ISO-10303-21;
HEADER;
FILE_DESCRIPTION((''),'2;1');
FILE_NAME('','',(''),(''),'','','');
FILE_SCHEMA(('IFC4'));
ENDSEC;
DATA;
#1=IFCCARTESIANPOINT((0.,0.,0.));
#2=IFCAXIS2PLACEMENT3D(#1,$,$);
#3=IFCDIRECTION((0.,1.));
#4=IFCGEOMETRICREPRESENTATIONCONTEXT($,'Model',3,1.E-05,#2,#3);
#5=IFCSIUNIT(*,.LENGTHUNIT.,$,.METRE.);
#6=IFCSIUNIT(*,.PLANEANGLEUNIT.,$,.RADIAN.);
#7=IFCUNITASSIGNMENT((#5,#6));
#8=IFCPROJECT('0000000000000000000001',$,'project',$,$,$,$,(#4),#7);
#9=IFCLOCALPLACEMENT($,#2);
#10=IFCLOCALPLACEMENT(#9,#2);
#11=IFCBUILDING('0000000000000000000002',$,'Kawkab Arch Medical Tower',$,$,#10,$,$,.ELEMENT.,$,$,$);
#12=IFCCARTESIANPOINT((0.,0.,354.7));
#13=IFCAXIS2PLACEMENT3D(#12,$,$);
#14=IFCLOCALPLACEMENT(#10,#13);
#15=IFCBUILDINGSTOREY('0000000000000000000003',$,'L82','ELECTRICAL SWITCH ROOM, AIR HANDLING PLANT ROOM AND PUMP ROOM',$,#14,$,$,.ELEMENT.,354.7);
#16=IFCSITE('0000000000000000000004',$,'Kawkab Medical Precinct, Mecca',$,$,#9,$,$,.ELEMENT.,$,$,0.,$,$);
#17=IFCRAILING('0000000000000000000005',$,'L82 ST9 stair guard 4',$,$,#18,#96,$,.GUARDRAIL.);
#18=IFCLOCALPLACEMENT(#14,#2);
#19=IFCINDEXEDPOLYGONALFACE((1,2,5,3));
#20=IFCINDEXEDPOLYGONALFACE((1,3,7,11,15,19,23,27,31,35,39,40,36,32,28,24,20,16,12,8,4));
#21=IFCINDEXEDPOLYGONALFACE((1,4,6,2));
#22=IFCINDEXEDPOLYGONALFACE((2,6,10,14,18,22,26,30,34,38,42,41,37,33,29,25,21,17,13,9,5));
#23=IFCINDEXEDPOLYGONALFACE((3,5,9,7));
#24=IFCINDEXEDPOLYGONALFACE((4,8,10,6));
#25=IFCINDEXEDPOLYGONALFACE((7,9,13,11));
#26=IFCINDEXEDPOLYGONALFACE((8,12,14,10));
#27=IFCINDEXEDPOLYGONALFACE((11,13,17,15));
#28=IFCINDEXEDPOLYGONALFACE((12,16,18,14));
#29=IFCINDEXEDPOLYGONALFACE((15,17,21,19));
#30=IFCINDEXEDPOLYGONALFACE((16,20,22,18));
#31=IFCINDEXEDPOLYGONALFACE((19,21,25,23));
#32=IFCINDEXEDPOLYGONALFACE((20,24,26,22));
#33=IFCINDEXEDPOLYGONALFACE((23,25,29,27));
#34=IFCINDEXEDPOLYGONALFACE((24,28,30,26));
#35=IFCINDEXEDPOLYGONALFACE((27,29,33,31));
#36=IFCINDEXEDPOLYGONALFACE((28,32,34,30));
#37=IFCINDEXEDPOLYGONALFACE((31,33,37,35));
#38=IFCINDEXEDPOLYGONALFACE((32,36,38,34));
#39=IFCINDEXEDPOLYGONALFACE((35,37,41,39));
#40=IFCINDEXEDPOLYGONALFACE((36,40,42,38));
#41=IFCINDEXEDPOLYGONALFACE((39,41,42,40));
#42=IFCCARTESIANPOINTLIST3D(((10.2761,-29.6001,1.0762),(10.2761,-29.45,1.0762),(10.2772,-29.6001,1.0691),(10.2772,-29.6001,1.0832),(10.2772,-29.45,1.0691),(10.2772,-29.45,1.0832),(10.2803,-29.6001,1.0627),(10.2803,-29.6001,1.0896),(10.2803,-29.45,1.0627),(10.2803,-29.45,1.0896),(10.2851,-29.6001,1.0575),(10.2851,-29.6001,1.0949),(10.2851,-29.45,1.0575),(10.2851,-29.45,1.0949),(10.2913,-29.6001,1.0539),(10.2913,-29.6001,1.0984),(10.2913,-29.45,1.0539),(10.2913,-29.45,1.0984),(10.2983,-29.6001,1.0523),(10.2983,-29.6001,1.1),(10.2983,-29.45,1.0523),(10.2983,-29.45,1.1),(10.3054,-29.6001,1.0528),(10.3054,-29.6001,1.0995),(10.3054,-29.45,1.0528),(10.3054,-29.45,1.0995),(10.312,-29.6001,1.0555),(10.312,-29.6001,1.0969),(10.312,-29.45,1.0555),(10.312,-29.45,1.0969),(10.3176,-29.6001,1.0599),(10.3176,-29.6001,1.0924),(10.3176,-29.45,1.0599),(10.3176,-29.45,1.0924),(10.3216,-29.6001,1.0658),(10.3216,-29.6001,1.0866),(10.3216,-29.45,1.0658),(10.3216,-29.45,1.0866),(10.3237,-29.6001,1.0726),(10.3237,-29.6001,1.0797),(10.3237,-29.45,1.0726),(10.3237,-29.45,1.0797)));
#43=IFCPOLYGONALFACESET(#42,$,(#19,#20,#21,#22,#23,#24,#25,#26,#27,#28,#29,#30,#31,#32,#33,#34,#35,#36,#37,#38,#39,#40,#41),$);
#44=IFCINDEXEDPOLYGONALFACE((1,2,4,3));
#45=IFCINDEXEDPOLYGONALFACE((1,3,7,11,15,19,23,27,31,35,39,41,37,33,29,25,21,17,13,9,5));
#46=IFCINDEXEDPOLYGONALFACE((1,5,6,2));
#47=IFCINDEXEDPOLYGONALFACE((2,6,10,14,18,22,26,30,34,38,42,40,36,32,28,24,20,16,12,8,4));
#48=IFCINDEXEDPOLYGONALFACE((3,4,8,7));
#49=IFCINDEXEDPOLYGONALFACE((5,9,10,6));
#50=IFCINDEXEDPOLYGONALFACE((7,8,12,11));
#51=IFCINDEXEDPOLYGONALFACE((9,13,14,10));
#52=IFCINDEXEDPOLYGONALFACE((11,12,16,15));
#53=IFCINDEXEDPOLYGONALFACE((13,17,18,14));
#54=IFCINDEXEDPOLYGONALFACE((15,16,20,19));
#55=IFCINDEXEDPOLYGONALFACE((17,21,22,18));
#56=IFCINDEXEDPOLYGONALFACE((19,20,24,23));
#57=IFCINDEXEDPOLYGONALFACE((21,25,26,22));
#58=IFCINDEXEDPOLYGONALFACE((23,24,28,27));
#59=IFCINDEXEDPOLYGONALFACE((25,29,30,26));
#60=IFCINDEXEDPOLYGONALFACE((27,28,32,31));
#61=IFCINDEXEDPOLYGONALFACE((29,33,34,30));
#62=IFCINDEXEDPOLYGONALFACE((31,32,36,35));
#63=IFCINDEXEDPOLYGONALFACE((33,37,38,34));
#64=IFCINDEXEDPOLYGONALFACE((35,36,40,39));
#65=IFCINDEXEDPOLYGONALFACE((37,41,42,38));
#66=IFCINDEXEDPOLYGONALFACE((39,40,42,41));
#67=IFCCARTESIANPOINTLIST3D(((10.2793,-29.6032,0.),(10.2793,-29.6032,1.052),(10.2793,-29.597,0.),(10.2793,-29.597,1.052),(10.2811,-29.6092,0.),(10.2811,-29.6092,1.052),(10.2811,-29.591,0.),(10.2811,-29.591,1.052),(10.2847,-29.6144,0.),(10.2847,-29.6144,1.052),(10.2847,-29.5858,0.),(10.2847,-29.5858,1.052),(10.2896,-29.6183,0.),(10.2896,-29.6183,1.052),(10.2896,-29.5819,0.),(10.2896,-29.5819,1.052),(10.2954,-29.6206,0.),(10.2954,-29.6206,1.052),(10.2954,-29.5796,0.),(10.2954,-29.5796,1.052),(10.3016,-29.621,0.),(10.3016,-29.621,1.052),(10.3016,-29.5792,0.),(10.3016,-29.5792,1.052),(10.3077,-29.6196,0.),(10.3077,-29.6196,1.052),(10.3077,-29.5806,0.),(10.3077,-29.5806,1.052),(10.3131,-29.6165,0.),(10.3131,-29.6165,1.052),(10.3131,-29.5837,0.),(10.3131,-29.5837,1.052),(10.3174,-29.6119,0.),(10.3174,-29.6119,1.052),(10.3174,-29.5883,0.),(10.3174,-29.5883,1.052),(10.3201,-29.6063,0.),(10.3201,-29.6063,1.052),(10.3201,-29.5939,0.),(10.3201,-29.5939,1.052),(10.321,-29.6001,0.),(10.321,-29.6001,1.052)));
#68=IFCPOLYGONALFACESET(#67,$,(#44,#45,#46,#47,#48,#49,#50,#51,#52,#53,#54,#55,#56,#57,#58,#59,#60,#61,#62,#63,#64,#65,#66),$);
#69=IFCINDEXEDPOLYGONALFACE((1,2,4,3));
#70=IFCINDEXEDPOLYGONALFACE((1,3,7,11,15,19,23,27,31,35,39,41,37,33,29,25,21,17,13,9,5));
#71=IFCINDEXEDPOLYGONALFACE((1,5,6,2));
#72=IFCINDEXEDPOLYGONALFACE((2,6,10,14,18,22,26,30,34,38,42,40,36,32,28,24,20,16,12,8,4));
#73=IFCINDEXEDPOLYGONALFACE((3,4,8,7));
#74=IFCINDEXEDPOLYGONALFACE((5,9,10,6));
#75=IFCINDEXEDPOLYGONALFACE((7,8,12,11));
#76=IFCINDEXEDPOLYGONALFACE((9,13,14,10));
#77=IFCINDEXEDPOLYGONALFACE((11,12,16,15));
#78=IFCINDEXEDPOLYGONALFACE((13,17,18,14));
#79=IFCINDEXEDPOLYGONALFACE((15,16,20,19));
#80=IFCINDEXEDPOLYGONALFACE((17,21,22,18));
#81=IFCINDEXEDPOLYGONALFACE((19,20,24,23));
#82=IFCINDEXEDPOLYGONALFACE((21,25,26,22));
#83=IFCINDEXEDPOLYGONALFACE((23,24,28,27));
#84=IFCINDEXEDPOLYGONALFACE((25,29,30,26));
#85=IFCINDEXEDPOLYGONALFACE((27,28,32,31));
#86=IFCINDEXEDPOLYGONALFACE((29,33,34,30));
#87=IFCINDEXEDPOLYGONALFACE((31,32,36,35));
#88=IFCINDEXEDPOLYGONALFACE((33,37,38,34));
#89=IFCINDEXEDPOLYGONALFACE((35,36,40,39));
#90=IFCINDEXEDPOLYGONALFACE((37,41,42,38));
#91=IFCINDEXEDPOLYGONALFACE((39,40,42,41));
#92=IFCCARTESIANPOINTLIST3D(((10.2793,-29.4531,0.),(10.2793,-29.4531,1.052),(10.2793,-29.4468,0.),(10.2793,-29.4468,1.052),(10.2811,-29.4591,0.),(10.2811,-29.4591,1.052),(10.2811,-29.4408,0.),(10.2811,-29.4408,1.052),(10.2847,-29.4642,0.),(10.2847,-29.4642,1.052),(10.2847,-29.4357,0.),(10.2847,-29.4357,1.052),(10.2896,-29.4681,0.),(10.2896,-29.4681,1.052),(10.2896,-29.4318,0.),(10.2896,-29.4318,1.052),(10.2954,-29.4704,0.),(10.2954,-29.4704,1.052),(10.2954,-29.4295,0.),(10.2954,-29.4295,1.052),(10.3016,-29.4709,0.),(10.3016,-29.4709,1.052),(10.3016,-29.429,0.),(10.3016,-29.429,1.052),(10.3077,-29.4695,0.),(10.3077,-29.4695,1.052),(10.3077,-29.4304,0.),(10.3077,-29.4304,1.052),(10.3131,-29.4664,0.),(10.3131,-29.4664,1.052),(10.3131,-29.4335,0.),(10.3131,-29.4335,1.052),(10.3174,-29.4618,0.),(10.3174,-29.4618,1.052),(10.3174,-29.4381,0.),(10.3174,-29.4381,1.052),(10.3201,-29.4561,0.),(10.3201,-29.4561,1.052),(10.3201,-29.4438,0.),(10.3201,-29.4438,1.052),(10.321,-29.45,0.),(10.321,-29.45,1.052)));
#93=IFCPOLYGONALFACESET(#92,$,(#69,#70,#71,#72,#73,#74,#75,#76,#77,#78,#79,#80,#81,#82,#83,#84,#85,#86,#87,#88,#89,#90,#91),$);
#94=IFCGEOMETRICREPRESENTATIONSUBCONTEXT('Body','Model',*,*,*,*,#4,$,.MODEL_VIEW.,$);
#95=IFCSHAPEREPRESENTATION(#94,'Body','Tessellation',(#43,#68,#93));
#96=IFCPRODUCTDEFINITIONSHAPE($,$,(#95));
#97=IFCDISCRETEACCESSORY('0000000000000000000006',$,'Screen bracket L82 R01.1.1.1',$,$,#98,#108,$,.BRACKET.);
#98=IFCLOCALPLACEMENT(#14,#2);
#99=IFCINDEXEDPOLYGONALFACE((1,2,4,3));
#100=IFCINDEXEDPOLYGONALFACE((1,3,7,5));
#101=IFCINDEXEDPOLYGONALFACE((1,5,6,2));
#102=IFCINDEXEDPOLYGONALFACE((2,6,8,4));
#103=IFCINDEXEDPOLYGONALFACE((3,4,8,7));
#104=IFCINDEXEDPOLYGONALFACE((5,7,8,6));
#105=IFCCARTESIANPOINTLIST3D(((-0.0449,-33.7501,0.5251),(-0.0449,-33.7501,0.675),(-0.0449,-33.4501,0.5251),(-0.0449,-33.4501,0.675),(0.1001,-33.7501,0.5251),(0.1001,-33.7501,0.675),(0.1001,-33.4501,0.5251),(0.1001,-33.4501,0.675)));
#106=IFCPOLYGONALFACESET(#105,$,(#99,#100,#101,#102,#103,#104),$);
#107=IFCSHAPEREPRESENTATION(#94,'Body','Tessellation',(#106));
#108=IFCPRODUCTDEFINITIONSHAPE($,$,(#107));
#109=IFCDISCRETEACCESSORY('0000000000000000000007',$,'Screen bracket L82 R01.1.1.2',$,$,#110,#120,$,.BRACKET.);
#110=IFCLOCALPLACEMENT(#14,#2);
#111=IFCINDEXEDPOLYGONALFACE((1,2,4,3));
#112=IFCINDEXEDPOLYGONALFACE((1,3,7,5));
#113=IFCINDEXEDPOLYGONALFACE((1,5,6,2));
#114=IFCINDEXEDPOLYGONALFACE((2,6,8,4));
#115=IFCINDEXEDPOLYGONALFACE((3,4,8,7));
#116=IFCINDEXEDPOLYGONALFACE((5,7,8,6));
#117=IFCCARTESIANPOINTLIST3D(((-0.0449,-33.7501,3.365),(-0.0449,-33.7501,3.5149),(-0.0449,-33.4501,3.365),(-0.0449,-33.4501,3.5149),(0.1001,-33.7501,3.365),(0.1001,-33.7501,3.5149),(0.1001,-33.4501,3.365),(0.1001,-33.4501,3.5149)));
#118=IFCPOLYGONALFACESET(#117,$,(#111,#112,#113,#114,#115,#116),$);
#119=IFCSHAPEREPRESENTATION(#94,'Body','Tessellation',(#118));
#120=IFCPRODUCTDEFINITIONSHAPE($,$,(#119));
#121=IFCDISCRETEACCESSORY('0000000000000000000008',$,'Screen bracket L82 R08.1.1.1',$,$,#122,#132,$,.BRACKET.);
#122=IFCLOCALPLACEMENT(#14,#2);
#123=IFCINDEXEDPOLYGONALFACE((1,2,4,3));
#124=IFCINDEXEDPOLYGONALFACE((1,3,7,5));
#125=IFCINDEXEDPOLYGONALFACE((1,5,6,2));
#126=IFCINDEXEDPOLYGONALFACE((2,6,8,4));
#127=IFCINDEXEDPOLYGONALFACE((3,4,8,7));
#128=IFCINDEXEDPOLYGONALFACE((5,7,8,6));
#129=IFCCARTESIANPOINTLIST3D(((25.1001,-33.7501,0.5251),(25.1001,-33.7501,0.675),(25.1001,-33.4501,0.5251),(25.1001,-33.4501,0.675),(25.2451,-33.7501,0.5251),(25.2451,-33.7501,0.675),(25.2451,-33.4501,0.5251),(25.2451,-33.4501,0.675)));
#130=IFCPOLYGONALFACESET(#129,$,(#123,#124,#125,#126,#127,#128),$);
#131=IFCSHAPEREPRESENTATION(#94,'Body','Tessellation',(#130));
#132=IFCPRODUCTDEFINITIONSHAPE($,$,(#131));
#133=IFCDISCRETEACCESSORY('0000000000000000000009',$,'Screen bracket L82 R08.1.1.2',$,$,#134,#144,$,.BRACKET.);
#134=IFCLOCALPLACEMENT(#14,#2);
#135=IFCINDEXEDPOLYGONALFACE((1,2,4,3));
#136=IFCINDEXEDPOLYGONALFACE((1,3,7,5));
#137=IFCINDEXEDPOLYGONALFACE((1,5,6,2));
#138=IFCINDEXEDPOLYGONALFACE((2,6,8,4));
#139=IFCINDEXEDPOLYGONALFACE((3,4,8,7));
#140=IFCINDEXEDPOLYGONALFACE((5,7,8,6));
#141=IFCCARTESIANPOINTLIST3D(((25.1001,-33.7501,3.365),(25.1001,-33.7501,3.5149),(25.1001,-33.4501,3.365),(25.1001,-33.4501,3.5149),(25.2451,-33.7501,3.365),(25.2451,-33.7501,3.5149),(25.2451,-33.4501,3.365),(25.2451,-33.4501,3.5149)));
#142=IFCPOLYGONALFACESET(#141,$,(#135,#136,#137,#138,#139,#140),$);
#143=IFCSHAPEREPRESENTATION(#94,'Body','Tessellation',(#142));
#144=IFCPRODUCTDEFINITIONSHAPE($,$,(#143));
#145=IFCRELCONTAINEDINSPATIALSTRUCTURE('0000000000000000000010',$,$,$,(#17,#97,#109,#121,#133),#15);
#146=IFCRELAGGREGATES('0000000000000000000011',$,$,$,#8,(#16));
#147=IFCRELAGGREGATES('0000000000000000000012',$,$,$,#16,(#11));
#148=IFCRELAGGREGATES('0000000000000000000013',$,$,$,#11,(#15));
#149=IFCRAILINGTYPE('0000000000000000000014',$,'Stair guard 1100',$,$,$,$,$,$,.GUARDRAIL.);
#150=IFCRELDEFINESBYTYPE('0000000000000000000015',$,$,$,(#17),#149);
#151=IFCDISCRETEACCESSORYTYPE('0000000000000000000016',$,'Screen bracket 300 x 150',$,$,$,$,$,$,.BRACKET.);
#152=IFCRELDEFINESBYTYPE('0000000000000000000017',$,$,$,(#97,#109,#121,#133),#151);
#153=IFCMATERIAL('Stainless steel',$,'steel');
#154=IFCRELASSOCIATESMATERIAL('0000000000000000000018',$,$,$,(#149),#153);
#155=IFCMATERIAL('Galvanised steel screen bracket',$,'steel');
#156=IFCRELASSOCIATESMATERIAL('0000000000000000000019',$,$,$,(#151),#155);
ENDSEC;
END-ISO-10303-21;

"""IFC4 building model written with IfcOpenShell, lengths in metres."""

from ifc_helpers import new_model, si_unit, direction, frame, origin, origin_2d, place, context, subcontext, project, spatial, rectangle, circle, extrude, material, type_object, element, save


model = new_model("IFC4")

# Units and contexts
model_context = context("Model", 3, precision=1e-05, world=origin(), true_north=direction((0.0, 1.0)))
body_context = subcontext(model_context, "Body", "Model", "MODEL_VIEW")
ifc_project = project(units=[si_unit("LENGTHUNIT", "METRE"), si_unit("PLANEANGLEUNIT", "RADIAN")], contexts=[model_context])

# Site, building, storey
site_placement = place(None, origin())
site = spatial("IfcSite", under=ifc_project, at=site_placement, Name="Kawkab Medical Precinct, Mecca", CompositionType="ELEMENT", RefElevation=0.0)
building_placement = place(site_placement, origin())
building = spatial("IfcBuilding", under=site, at=building_placement, Name="Kawkab Arch Medical Tower", CompositionType="ELEMENT")
storey_placement = place(building_placement, frame((0.0, 0.0, 354.7)))
storey = spatial("IfcBuildingStorey", under=building, at=storey_placement, Name="L82", Description="ELECTRICAL SWITCH ROOM, AIR HANDLING PLANT ROOM AND PUMP ROOM", CompositionType="ELEMENT", Elevation=354.7)

# Railing
ifc_material_1 = material(Name="Stainless steel", Category="steel")
railing_type = type_object("IfcRailingType", Name="Stair guard 1100", PredefinedType="GUARDRAIL", material=ifc_material_1)
railing_1_placement = place(storey_placement, frame((10.3, -29.6001, 0.0)))
element("IfcRailing", 1, at=railing_1_placement, inside=storey, type_object=railing_type, Name="L82 ST9 stair guard 4", PredefinedType="GUARDRAIL", context=body_context, shape_type="SweptSolid", body=[
    extrude(circle(Radius=0.0239, at=origin_2d()), frame((0.0, 0.0, 1.0762), z_axis=(0.0, 1.0, 0.0), x_axis=(-1.0, 0.0, 0.0)), (0.0, 0.0, 1.0), 0.1501),
    extrude(circle(Radius=0.021, at=origin_2d()), origin(), (0.0, 0.0, 1.0), 1.052),
    extrude(circle(Radius=0.021, at=origin_2d()), frame((0.0, 0.1501, 0.0)), (0.0, 0.0, 1.0), 1.052),
])

# Discrete accessories
ifc_material_2 = material(Name="Galvanised steel screen bracket", Category="steel")
discrete_accessory_type = type_object("IfcDiscreteAccessoryType", Name="Screen bracket 300 x 150", PredefinedType="BRACKET", material=ifc_material_2)
for number, where, z_axis, x_axis, name in (
    (2, (0.0276, -33.6001, 0.5251), (0.0, 0.0, 1.0), (0.0, -1.0, 0.0), "Screen bracket L82 R01.1.1.1"),
    (3, (0.0276, -33.6001, 3.365), (0.0, 0.0, 1.0), (0.0, -1.0, 0.0), "Screen bracket L82 R01.1.1.2"),
    (4, (25.1726, -33.6001, 0.5251), (0.0, 0.0, 1.0), (0.0, 1.0, 0.0), "Screen bracket L82 R08.1.1.1"),
    (5, (25.1726, -33.6001, 3.365), (0.0, 0.0, 1.0), (0.0, 1.0, 0.0), "Screen bracket L82 R08.1.1.2"),
):
    element("IfcDiscreteAccessory", number, at=place(storey_placement, frame(where, z_axis=z_axis, x_axis=x_axis)), inside=storey, type_object=discrete_accessory_type, Name=name, PredefinedType="BRACKET", context=body_context, shape_type="SweptSolid", body=[
        extrude(rectangle(XDim=0.3, YDim=0.145, at=origin_2d()), origin(), (0.0, 0.0, 1.0), 0.1499),
    ])

save(model, "model.ifc")
